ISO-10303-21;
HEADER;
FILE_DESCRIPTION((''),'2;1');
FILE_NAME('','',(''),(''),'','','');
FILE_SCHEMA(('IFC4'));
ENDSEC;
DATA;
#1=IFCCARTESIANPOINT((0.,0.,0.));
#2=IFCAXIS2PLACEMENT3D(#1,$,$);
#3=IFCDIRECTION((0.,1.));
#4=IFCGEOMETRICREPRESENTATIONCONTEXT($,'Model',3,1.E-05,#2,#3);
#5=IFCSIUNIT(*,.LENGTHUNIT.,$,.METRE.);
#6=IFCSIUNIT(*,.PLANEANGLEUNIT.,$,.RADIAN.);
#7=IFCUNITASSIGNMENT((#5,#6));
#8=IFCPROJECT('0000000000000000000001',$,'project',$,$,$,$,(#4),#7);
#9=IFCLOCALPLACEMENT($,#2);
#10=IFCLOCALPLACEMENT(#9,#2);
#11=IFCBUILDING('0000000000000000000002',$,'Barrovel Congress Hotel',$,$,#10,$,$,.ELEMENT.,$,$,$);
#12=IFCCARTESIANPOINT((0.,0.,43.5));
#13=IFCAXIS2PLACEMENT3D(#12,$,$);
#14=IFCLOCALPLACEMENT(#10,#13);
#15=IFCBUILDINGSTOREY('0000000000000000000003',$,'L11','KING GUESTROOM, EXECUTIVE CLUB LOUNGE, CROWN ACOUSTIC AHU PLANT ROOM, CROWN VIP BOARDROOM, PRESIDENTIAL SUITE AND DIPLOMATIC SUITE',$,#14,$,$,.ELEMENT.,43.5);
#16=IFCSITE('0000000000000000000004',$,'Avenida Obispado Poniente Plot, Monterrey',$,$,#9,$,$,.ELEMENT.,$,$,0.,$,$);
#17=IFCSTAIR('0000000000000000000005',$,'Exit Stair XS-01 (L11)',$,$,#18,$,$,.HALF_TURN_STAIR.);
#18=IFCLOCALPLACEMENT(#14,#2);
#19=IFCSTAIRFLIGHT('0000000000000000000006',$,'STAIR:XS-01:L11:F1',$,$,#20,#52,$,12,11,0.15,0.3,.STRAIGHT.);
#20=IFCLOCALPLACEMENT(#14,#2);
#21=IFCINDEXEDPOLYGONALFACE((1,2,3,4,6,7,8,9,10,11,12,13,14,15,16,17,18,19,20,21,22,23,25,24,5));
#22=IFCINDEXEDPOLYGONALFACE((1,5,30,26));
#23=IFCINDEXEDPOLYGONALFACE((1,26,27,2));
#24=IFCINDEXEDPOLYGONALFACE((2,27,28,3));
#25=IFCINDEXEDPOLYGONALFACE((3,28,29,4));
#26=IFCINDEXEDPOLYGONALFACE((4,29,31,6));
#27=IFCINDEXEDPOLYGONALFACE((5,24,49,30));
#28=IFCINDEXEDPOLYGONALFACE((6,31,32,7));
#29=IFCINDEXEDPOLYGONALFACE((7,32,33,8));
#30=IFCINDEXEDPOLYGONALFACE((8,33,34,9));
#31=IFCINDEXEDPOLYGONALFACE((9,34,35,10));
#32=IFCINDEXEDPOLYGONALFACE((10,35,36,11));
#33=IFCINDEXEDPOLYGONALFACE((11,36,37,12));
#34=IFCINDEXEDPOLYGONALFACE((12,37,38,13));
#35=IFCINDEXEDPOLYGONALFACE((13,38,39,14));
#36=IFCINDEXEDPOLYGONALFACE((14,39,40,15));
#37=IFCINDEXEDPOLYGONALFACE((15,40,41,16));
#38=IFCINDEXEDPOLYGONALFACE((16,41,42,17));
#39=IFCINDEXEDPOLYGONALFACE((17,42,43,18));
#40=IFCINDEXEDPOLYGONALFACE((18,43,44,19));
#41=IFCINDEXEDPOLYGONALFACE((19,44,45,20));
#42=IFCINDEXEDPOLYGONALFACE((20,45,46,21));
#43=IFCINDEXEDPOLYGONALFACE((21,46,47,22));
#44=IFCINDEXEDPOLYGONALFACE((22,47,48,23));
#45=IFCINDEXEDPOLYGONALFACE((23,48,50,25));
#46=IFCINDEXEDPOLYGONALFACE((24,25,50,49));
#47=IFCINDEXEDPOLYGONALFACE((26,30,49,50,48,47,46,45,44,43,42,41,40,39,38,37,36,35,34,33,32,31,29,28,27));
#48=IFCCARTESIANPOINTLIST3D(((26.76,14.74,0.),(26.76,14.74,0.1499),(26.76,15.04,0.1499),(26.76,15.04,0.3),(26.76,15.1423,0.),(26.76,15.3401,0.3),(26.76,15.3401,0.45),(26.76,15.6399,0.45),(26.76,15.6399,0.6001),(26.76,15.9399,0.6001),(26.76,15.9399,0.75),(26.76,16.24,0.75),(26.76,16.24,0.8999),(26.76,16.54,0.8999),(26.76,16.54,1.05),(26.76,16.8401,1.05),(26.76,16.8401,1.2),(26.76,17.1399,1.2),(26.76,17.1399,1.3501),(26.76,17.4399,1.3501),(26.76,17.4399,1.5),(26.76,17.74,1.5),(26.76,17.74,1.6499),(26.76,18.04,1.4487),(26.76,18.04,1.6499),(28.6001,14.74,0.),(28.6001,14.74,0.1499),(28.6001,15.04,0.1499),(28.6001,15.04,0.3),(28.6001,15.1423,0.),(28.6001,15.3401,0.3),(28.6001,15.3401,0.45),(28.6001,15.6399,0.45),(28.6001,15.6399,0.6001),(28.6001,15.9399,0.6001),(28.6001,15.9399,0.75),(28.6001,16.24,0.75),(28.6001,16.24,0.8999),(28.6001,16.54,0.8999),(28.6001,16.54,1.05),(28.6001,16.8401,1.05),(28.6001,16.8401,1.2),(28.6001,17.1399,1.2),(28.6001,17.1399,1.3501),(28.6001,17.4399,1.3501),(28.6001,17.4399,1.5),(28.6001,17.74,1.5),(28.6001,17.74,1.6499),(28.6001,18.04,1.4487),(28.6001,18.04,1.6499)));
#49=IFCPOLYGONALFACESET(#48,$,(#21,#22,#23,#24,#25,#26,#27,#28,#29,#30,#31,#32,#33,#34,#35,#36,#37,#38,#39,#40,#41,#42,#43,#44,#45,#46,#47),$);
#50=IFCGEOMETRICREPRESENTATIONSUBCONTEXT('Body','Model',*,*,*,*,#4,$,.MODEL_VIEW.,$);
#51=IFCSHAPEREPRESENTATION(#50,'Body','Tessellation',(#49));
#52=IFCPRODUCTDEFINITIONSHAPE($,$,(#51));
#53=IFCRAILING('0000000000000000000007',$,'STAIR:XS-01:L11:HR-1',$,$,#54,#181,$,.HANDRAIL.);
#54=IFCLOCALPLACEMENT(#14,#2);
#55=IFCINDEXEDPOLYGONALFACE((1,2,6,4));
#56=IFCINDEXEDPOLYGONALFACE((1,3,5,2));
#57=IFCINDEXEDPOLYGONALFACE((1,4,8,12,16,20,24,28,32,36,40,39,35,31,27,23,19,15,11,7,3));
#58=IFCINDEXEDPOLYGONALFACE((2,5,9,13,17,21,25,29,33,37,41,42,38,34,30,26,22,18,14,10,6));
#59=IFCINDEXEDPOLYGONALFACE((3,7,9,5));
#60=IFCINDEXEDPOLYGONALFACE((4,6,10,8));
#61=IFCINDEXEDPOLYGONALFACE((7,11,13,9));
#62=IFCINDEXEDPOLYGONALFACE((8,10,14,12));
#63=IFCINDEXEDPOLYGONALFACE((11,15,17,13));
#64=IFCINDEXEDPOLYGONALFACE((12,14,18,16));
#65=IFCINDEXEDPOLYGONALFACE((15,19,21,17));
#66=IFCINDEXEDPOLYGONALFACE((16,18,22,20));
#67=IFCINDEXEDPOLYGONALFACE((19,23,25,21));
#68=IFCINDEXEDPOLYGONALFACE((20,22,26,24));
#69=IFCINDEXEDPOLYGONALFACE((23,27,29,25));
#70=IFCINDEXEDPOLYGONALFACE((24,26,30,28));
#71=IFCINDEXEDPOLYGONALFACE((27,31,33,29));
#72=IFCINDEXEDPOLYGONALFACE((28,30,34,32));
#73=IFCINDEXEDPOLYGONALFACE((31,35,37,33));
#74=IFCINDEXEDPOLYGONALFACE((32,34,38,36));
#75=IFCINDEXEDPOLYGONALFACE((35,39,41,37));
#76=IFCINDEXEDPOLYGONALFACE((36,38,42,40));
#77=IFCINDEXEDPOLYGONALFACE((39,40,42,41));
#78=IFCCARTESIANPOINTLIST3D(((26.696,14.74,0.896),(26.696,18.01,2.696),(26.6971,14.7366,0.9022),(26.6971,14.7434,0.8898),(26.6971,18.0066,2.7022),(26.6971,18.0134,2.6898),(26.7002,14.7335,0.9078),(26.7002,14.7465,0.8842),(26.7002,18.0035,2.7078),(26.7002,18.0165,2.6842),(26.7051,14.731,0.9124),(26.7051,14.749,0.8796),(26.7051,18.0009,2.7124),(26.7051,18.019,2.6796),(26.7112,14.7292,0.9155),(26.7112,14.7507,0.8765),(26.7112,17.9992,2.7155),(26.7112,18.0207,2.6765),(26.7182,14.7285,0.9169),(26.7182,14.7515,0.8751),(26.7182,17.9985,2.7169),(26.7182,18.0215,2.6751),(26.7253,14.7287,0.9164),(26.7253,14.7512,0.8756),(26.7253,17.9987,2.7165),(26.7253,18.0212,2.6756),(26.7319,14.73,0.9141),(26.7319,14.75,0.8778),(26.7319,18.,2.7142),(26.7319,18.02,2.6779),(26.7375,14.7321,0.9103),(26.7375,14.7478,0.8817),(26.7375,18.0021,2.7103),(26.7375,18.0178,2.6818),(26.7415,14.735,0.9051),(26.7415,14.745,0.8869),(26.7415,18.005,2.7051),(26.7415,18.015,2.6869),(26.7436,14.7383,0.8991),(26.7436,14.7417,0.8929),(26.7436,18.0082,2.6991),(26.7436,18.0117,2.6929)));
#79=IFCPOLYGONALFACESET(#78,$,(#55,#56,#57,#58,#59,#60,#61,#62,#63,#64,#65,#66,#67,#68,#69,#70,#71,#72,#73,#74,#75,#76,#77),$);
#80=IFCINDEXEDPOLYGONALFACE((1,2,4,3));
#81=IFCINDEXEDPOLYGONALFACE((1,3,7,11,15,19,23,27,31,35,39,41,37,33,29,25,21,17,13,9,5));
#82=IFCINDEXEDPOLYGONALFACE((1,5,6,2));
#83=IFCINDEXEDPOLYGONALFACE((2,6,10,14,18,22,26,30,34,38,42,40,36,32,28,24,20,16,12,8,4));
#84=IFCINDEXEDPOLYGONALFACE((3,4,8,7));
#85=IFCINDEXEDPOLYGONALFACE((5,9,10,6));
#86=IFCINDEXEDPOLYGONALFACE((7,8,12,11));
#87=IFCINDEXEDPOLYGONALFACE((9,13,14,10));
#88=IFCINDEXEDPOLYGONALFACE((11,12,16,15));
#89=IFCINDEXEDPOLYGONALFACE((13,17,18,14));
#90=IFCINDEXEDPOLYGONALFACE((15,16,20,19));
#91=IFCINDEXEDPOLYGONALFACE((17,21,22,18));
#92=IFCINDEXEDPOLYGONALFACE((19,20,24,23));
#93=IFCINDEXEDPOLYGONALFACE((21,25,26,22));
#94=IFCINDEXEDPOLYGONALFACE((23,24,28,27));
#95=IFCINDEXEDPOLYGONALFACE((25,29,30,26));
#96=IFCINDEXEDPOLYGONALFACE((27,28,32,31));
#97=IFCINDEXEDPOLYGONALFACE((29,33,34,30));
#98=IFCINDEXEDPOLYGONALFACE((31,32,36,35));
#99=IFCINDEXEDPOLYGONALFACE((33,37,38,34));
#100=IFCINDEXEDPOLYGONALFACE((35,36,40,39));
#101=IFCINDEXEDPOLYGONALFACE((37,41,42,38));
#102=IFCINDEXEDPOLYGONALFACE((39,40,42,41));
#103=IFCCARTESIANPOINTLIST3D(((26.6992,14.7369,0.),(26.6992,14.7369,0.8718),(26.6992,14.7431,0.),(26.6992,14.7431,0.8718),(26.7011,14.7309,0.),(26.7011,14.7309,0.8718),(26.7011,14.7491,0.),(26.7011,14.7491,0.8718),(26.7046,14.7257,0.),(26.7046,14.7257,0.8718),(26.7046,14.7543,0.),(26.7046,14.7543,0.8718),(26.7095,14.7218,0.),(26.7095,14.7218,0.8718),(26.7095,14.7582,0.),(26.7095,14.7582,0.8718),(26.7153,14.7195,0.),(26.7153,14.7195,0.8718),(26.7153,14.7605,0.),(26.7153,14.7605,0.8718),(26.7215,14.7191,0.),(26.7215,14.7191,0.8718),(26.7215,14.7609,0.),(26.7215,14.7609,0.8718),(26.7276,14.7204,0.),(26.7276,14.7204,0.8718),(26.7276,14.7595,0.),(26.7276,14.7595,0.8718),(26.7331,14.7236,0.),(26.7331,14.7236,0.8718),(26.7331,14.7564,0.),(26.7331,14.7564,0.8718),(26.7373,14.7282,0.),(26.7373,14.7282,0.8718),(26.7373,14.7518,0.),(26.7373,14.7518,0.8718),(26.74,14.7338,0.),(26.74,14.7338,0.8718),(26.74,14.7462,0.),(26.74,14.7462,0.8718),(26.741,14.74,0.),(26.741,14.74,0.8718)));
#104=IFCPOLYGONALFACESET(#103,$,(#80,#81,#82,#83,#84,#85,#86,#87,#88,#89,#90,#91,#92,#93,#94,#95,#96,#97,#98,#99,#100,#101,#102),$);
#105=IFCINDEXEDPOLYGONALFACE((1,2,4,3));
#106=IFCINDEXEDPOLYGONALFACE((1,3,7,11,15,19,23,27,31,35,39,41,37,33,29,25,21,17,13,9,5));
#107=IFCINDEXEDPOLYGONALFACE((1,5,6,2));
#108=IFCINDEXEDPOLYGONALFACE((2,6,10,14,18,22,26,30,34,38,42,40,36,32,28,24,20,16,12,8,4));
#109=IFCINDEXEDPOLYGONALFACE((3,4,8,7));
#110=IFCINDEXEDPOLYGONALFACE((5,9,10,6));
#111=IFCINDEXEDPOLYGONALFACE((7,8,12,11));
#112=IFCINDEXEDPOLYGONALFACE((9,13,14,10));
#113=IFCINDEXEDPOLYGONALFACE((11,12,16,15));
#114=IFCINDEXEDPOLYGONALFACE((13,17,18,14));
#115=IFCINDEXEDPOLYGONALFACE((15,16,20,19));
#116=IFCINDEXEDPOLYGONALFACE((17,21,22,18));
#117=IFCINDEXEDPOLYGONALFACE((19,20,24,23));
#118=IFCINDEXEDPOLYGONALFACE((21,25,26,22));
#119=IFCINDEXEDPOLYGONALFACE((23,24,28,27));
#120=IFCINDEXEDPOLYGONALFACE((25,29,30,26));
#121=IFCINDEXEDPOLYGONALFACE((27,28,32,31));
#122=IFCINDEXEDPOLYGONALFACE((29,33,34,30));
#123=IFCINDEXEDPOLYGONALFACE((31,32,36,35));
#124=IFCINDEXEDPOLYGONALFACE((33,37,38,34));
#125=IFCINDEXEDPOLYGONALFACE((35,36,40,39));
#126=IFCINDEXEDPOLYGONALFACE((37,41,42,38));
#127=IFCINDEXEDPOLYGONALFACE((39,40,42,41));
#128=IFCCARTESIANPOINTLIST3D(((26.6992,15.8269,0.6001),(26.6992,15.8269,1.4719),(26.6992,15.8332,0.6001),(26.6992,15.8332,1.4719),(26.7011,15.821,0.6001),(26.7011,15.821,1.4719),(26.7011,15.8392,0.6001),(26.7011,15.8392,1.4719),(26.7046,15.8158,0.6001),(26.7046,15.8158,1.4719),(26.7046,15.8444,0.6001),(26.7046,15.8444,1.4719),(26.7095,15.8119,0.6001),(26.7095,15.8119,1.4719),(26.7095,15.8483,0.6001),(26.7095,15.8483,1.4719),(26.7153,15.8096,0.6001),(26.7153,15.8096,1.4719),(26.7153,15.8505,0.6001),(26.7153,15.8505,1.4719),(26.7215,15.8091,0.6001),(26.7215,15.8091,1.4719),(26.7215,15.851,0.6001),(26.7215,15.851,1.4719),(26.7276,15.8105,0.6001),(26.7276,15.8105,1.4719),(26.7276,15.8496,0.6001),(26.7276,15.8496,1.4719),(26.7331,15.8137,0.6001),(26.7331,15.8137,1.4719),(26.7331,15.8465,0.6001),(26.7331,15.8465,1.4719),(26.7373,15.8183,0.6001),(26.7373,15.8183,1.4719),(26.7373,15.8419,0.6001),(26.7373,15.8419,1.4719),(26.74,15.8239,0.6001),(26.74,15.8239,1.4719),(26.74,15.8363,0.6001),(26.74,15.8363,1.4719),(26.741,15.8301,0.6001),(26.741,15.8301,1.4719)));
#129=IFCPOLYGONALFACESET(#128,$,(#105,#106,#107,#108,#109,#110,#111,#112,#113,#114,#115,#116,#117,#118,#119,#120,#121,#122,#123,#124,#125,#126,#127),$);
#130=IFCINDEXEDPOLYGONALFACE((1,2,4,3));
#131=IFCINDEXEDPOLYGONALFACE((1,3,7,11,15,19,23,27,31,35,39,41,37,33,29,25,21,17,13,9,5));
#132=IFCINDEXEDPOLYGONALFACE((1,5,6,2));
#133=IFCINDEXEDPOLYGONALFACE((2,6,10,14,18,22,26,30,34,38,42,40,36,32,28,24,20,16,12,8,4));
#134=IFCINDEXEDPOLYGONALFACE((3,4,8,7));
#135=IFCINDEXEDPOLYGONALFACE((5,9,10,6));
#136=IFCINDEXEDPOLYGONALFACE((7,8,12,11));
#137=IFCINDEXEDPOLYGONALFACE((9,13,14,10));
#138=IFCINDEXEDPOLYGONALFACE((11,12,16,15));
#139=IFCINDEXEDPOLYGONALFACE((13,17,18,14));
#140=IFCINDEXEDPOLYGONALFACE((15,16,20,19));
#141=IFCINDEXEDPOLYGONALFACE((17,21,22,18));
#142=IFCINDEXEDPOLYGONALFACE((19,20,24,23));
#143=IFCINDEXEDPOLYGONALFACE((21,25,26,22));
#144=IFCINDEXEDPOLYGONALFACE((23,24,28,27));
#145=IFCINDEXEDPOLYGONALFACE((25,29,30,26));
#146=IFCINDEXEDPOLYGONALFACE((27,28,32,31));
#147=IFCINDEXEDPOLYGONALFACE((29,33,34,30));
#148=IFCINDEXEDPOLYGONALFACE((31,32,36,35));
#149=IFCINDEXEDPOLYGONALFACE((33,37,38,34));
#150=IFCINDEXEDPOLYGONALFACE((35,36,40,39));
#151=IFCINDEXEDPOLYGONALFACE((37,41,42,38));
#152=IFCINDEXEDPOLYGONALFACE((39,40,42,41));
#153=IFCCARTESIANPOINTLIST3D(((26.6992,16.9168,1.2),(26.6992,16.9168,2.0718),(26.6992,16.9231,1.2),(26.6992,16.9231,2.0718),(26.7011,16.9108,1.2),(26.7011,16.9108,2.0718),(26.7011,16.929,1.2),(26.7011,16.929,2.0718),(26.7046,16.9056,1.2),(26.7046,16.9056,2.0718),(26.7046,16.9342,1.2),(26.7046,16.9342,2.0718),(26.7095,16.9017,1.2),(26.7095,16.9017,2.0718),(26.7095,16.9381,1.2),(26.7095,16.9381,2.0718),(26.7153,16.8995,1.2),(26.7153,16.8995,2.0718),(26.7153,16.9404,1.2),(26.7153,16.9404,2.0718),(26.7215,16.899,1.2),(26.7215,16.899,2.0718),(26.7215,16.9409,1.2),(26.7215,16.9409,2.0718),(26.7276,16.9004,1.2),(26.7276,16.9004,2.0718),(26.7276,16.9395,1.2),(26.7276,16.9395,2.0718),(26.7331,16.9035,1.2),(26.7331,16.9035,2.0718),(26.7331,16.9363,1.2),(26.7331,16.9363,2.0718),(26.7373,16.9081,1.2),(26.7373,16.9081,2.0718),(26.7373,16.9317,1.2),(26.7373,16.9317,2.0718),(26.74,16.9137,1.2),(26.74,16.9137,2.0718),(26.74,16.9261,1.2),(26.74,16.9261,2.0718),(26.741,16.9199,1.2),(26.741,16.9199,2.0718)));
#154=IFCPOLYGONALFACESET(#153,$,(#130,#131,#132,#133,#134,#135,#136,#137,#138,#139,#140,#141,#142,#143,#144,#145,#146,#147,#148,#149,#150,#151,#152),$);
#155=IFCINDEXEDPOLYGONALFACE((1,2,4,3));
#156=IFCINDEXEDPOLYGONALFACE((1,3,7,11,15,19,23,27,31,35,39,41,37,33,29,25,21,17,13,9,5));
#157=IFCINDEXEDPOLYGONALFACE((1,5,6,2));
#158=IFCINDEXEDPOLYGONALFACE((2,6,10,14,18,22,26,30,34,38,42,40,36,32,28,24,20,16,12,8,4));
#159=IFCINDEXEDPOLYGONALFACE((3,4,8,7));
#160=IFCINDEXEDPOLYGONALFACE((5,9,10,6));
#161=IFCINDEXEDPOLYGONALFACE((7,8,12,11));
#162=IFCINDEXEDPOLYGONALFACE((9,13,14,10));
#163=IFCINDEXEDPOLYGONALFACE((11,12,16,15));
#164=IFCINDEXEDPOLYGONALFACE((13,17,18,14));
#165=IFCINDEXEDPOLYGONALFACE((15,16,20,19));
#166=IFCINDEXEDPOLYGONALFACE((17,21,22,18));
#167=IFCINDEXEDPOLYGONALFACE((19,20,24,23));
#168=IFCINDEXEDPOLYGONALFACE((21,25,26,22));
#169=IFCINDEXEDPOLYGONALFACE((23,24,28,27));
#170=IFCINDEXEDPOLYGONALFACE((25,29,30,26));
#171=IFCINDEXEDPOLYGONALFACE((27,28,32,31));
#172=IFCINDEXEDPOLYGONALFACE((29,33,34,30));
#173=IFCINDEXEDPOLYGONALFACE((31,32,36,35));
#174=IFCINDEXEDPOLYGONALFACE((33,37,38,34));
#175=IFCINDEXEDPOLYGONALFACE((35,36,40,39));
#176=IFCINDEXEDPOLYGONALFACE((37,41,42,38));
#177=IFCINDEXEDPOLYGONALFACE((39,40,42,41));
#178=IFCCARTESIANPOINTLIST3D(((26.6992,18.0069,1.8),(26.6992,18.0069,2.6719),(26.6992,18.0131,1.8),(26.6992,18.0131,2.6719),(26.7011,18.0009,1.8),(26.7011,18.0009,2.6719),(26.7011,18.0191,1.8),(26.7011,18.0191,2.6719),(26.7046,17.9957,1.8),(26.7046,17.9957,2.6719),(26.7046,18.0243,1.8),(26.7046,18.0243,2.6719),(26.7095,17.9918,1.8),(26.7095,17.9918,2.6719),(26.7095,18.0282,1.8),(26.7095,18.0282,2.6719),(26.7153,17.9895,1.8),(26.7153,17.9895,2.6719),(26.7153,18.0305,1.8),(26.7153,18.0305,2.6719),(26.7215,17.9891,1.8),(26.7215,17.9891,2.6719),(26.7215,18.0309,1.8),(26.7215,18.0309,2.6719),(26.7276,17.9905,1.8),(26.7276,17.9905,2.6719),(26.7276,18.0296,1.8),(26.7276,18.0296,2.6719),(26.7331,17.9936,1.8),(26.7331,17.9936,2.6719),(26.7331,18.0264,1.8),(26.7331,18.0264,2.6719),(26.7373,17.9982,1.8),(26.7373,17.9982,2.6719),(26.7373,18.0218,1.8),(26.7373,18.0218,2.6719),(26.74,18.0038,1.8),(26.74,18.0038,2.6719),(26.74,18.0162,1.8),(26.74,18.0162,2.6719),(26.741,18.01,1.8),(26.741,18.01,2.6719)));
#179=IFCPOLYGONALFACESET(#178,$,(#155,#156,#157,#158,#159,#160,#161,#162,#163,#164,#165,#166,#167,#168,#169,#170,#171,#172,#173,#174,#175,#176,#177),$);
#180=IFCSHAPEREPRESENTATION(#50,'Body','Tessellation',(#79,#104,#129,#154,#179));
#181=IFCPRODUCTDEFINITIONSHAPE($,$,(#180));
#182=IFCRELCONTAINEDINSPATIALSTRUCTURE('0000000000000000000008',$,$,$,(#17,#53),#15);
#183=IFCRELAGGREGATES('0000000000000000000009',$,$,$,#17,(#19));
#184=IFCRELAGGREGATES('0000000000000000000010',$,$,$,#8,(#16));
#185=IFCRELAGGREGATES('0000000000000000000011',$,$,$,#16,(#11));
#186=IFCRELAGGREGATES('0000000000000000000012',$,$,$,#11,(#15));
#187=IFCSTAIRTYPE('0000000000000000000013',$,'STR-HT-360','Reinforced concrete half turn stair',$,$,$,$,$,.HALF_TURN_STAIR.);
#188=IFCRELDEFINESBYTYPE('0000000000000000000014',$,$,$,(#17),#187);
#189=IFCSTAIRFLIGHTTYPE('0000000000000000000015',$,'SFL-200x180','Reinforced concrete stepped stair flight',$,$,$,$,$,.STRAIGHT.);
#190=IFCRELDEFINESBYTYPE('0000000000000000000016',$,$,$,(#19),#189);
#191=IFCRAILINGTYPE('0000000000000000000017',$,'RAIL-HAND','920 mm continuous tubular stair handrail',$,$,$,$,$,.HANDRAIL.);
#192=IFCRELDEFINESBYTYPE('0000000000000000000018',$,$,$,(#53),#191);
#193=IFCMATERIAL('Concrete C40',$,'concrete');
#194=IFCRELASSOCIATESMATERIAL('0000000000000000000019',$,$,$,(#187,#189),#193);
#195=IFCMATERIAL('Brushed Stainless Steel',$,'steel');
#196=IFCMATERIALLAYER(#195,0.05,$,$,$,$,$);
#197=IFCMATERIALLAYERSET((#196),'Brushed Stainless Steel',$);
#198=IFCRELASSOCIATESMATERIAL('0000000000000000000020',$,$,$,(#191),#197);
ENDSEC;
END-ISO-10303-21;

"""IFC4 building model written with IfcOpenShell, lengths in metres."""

from ifc_helpers import new_model, si_unit, direction, frame, origin, origin_2d, place, context, subcontext, project, spatial, polyline, circle, outline, extrude, material, layer, layer_set, type_object, element, aggregate, save


model = new_model("IFC4")

# Units and contexts
model_context = context("Model", 3, precision=1e-05, world=origin(), true_north=direction((0.0, 1.0)))
body_context = subcontext(model_context, "Body", "Model", "MODEL_VIEW")
ifc_project = project(units=[si_unit("LENGTHUNIT", "METRE"), si_unit("PLANEANGLEUNIT", "RADIAN")], contexts=[model_context])

# Site, building, storey
site_placement = place(None, origin())
site = spatial("IfcSite", under=ifc_project, at=site_placement, Name="Avenida Obispado Poniente Plot, Monterrey", CompositionType="ELEMENT", RefElevation=0.0)
building_placement = place(site_placement, origin())
building = spatial("IfcBuilding", under=site, at=building_placement, Name="Barrovel Congress Hotel", CompositionType="ELEMENT")
storey_placement = place(building_placement, frame((0.0, 0.0, 43.5)))
storey = spatial("IfcBuildingStorey", under=building, at=storey_placement, Name="L11", Description="KING GUESTROOM, EXECUTIVE CLUB LOUNGE, CROWN ACOUSTIC AHU PLANT ROOM, CROWN VIP BOARDROOM, PRESIDENTIAL SUITE AND DIPLOMATIC SUITE", CompositionType="ELEMENT", Elevation=43.5)

# Shared definitions
ifc_material_1 = material(Name="Concrete C40", Category="concrete")

# Shared definitions
ifc_material_2 = material(Name="Brushed Stainless Steel", Category="steel")

# Stair, stair flight
stair_type = type_object("IfcStairType", Name="STR-HT-360", Description="Reinforced concrete half turn stair", PredefinedType="HALF_TURN_STAIR", material=ifc_material_1)
stair_placement = place(storey_placement, origin())
stair = element("IfcStair", 1, at=stair_placement, inside=storey, type_object=stair_type, Name="Exit Stair XS-01 (L11)", PredefinedType="HALF_TURN_STAIR")
stair_flight_type = type_object("IfcStairFlightType", Name="SFL-200x180", Description="Reinforced concrete stepped stair flight", PredefinedType="STRAIGHT", material=ifc_material_1)
stair_flight_placement = place(storey_placement, frame((27.6799, 14.74, 0.0), z_axis=(0.0, 0.0, 1.0), x_axis=(0.0, 1.0, 0.0)))
stair_flight = element("IfcStairFlight", 2, at=stair_flight_placement, type_object=stair_flight_type, Name="STAIR:XS-01:L11:F1", NumberOfRisers=12, NumberOfTreads=11, PredefinedType="STRAIGHT", RiserHeight=0.15, TreadLength=0.3, context=body_context, shape_type="SweptSolid", body=[
    extrude(outline(polyline([(0.0, 0.0), (0.0, 0.1499), (0.3, 0.1499), (0.3, 0.3), (0.6001, 0.3), (0.6001, 0.45), (0.8999, 0.45), (0.8999, 0.6001), (1.2, 0.6001), (1.2, 0.75), (1.5, 0.75), (1.5, 0.8999), (1.8, 0.8999), (1.8, 1.05), (2.1001, 1.05), (2.1001, 1.2), (2.3999, 1.2), (2.3999, 1.3501), (2.7, 1.3501), (2.7, 1.5), (3.0, 1.5), (3.0, 1.6499), (3.3, 1.6499), (3.3, 1.8), (3.3, 1.4487), (0.4023, 0.0), (0.0, 0.0)])), frame((0.0, 0.9199, 0.0), z_axis=(0.0, -1.0, 0.0), x_axis=(1.0, 0.0, 0.0)), (0.0, 0.0, 1.0), 1.8401),
])
aggregate(stair, [stair_flight])

# Railing
ifc_layer_1 = layer(ifc_material_2, 0.05)
ifc_layer_set_1 = layer_set([ifc_layer_1], Name="Brushed Stainless Steel")
railing_type = type_object("IfcRailingType", Name="RAIL-HAND", Description="920 mm continuous tubular stair handrail", PredefinedType="HANDRAIL", material=ifc_layer_set_1)
railing_placement = place(storey_placement, frame((26.72, 14.74, 0.0)))
element("IfcRailing", 3, at=railing_placement, inside=storey, type_object=railing_type, Name="STAIR:XS-01:L11:HR-1", PredefinedType="HANDRAIL", context=body_context, shape_type="SweptSolid", body=[
    extrude(circle(Radius=0.0239, at=origin_2d()), frame((0.0, 0.0, 0.896), z_axis=(0.0, 0.876042, 0.482235), x_axis=(-1.0, 0.0, 0.0)), (0.0, 0.0, 1.0), 3.7327),
    extrude(circle(Radius=0.021, at=origin_2d()), origin(), (0.0, 0.0, 1.0), 0.8718),
    extrude(circle(Radius=0.021, at=origin_2d()), frame((0.0, 1.0901, 0.6001)), (0.0, 0.0, 1.0), 0.8718),
    extrude(circle(Radius=0.021, at=origin_2d()), frame((0.0, 2.1799, 1.2)), (0.0, 0.0, 1.0), 0.8718),
    extrude(circle(Radius=0.021, at=origin_2d()), frame((0.0, 3.27, 1.8)), (0.0, 0.0, 1.0), 0.8718),
])

save(model, "model.ifc")
